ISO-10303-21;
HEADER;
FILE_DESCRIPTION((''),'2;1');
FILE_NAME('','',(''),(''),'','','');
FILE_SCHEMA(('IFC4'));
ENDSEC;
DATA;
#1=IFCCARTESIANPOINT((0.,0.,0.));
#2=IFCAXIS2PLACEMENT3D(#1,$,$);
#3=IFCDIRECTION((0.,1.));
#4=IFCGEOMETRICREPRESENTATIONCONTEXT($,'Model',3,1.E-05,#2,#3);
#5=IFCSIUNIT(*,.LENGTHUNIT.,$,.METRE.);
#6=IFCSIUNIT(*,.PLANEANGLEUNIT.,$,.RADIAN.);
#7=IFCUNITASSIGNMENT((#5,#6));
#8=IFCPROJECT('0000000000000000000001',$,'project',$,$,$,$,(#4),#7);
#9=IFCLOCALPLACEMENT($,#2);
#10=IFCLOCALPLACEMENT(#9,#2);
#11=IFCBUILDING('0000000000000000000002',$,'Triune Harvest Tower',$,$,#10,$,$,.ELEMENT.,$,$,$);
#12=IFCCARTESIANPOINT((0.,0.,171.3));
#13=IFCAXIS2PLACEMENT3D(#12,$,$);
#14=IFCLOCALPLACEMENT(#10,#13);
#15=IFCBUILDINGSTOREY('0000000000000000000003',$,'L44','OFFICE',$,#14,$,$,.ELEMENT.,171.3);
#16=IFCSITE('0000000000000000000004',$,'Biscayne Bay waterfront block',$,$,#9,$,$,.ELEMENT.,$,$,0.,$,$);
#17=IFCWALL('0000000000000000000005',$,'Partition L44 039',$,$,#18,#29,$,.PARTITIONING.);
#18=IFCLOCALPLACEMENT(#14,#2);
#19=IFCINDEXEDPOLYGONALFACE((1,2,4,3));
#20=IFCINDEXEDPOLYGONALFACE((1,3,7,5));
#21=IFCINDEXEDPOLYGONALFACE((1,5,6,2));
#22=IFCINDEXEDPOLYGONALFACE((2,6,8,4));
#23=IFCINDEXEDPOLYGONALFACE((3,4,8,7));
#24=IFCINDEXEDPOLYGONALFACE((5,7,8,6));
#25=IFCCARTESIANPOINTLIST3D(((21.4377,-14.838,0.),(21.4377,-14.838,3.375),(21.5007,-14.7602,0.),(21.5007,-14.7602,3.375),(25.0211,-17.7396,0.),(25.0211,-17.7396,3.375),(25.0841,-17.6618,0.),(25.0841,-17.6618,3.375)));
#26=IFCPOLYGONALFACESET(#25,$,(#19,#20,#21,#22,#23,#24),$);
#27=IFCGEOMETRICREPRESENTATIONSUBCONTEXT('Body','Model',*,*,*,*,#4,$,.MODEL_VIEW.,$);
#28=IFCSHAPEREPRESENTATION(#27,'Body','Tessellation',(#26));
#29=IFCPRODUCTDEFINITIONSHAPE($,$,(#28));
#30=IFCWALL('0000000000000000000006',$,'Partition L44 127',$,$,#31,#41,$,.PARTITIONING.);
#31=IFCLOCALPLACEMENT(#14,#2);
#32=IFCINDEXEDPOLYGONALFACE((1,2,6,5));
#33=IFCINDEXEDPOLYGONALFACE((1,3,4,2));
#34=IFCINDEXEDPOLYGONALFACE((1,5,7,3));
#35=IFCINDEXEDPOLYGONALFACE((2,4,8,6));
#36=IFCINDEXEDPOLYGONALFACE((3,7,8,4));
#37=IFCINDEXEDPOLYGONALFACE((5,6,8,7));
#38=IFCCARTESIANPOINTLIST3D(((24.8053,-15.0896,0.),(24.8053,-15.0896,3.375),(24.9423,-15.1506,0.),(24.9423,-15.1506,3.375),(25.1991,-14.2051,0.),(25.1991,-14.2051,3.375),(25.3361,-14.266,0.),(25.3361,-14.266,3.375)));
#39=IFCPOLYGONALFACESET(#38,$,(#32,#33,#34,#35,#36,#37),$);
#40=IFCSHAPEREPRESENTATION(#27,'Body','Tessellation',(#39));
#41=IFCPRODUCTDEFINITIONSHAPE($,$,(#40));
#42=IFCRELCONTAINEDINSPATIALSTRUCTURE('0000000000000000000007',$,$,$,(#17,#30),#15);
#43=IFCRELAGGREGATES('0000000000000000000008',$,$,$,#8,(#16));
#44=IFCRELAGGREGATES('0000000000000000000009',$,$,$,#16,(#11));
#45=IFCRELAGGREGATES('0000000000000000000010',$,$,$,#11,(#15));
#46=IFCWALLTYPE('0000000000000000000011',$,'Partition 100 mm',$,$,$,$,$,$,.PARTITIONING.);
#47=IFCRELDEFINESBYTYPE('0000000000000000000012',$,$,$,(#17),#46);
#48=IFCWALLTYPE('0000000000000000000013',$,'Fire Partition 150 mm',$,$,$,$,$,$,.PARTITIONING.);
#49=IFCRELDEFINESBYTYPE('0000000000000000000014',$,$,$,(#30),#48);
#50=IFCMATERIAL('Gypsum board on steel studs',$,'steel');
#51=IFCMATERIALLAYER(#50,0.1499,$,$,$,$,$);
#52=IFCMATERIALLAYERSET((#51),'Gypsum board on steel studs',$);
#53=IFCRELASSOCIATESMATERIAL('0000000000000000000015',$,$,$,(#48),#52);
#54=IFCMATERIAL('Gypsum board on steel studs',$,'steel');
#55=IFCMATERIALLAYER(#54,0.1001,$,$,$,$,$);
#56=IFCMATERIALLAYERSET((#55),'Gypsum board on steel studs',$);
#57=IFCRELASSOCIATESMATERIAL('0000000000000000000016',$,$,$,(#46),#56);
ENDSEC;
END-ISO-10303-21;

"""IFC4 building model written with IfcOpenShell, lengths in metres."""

from ifc_helpers import new_model, si_unit, direction, frame, frame_2d, origin, place, context, subcontext, project, spatial, rectangle, extrude, source, transform, mapped, material, layer, layer_set, type_object, element, save


model = new_model("IFC4")

# Units and contexts
model_context = context("Model", 3, precision=1e-05, world=origin(), true_north=direction((0.0, 1.0)))
body_context = subcontext(model_context, "Body", "Model", "MODEL_VIEW")
ifc_project = project(units=[si_unit("LENGTHUNIT", "METRE"), si_unit("PLANEANGLEUNIT", "RADIAN")], contexts=[model_context])

# Site, building, storey
site_placement = place(None, origin())
site = spatial("IfcSite", under=ifc_project, at=site_placement, Name="Biscayne Bay waterfront block", CompositionType="ELEMENT", RefElevation=0.0)
building_placement = place(site_placement, origin())
building = spatial("IfcBuilding", under=site, at=building_placement, Name="Triune Harvest Tower", CompositionType="ELEMENT")
storey_placement = place(building_placement, frame((0.0, 0.0, 171.3)))
storey = spatial("IfcBuildingStorey", under=building, at=storey_placement, Name="L44", Description="OFFICE", CompositionType="ELEMENT", Elevation=171.3)

# Shared definitions
ifc_material_1 = material(Name="Gypsum board on steel studs", Category="steel")
ifc_layer_1 = layer(ifc_material_1, 0.1499)
ifc_layer_set_1 = layer_set([ifc_layer_1], Name="Gypsum board on steel studs")
wall_type_1 = type_object("IfcWallType", Name="Fire Partition 150 mm", PredefinedType="PARTITIONING", material=ifc_layer_set_1)

# Walls
ifc_material_2 = material(Name="Gypsum board on steel studs", Category="steel")
ifc_layer_2 = layer(ifc_material_2, 0.1001)
ifc_layer_set_2 = layer_set([ifc_layer_2], Name="Gypsum board on steel studs")
wall_type_2 = type_object("IfcWallType", Name="Partition 100 mm", PredefinedType="PARTITIONING", material=ifc_layer_set_2)
shared_shape_1 = source(origin(), body_context, "Body", "SweptSolid", [
    extrude(rectangle(XDim=4.6108, YDim=0.1001, at=frame_2d((2.3054, 0.0))), origin(), (0.0, 0.0, 1.0), 3.375),
])
wall_1_placement = place(storey_placement, frame((21.4692, -14.7991, 0.0), z_axis=(0.0, 0.0, 1.0), x_axis=(0.777151, -0.629314, 0.0)))
element("IfcWall", 1, at=wall_1_placement, inside=storey, type_object=wall_type_2, Name="Partition L44 039", PredefinedType="PARTITIONING", context=body_context, shape_type="MappedRepresentation", body=[
    mapped(shared_shape_1, transform((0.0, 0.0, 0.0), scale=1.0)),
])
shared_shape_2 = source(origin(), body_context, "Body", "SweptSolid", [
    extrude(rectangle(XDim=0.9683, YDim=0.1499, at=frame_2d((0.4841, 0.0))), origin(), (0.0, 0.0, 1.0), 3.375),
])
wall_2_placement = place(storey_placement, frame((24.8738, -15.1201, 0.0), z_axis=(0.0, 0.0, 1.0), x_axis=(0.406723, 0.913551, 0.0)))
element("IfcWall", 2, at=wall_2_placement, inside=storey, type_object=wall_type_1, Name="Partition L44 127", PredefinedType="PARTITIONING", context=body_context, shape_type="MappedRepresentation", body=[
    mapped(shared_shape_2, transform((0.0, 0.0, 0.0), scale=1.0)),
])

save(model, "model.ifc")
